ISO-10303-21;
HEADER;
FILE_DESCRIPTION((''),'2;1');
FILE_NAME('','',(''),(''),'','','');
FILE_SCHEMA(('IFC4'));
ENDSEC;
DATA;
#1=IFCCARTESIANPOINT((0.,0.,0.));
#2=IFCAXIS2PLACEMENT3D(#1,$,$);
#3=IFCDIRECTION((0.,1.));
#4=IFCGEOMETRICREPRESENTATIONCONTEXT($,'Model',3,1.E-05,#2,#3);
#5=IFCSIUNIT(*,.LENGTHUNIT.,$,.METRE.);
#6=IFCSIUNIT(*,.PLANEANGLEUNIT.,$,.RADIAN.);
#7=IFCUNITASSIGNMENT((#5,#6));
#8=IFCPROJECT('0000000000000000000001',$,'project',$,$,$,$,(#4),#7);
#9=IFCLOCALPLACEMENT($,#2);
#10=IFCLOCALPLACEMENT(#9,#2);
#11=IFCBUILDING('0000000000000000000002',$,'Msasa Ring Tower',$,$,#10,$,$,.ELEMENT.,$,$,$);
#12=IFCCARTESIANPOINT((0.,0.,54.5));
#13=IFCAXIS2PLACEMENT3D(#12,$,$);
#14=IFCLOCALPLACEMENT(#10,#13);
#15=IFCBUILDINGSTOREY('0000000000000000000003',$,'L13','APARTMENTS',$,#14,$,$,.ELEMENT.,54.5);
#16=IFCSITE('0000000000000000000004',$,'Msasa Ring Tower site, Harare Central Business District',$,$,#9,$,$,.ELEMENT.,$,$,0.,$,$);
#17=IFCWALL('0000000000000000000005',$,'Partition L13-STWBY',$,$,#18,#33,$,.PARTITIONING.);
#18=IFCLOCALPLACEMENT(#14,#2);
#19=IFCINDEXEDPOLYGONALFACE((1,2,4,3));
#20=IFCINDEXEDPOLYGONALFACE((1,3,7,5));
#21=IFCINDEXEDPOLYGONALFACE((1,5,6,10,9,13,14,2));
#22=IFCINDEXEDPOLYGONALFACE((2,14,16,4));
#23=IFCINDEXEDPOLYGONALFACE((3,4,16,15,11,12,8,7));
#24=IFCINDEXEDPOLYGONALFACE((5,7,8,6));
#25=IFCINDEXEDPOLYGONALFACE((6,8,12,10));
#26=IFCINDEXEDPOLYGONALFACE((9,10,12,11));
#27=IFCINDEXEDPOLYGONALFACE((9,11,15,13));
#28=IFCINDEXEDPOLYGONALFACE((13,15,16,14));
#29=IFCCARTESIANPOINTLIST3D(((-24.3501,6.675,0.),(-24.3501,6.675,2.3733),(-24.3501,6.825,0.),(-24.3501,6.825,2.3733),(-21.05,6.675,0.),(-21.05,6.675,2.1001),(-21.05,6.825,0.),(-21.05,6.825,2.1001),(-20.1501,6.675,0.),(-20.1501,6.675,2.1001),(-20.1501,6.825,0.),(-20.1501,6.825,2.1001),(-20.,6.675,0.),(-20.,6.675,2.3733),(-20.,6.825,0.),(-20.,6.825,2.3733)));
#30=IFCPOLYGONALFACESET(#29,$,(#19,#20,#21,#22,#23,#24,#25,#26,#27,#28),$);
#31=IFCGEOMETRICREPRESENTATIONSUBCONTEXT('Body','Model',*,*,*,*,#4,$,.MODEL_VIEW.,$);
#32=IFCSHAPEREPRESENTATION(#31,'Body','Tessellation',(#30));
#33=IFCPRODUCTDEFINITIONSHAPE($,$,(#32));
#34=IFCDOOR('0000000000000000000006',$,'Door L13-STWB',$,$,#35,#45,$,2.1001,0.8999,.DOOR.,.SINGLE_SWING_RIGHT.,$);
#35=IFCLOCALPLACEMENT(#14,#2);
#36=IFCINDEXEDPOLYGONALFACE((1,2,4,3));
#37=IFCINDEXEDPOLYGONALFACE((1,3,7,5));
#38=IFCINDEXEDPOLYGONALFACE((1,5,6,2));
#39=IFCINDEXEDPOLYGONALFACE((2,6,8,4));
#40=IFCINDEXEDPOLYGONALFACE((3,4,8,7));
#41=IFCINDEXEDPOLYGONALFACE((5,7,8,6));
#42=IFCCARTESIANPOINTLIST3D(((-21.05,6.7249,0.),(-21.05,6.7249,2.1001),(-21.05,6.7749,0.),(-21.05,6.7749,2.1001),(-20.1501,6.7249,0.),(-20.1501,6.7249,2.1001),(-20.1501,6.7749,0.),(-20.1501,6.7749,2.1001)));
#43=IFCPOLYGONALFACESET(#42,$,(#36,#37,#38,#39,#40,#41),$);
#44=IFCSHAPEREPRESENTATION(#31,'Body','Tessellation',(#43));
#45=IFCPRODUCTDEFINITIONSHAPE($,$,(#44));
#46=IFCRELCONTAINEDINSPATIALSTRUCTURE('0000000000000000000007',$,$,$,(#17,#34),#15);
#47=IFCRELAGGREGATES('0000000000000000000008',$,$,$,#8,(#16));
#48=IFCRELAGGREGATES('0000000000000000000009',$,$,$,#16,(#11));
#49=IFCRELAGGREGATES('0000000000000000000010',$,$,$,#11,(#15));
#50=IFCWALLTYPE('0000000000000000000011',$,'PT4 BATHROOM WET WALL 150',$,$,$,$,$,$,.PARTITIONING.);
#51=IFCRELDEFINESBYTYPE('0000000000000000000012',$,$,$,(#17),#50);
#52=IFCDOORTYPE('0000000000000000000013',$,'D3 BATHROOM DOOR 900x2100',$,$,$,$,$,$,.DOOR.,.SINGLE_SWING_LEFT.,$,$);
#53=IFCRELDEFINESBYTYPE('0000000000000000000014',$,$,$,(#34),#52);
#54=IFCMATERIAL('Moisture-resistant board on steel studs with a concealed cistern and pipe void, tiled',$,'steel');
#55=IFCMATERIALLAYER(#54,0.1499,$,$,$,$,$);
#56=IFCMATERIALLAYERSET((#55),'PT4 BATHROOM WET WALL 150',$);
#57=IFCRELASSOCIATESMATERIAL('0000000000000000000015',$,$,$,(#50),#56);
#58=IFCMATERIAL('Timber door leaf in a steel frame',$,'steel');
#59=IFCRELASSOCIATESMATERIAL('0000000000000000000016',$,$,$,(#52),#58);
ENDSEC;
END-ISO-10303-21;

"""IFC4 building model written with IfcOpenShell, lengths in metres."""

from ifc_helpers import new_model, si_unit, direction, frame, frame_2d, origin, place, context, subcontext, project, spatial, rectangle, extrude, material, layer, layer_set, type_object, element, fill, save


model = new_model("IFC4")

# Units and contexts
model_context = context("Model", 3, precision=1e-05, world=origin(), true_north=direction((0.0, 1.0)))
body_context = subcontext(model_context, "Body", "Model", "MODEL_VIEW")
ifc_project = project(units=[si_unit("LENGTHUNIT", "METRE"), si_unit("PLANEANGLEUNIT", "RADIAN")], contexts=[model_context])

# Site, building, storey
site_placement = place(None, origin())
site = spatial("IfcSite", under=ifc_project, at=site_placement, Name="Msasa Ring Tower site, Harare Central Business District", CompositionType="ELEMENT", RefElevation=0.0)
building_placement = place(site_placement, origin())
building = spatial("IfcBuilding", under=site, at=building_placement, Name="Msasa Ring Tower", CompositionType="ELEMENT")
storey_placement = place(building_placement, frame((0.0, 0.0, 54.5)))
storey = spatial("IfcBuildingStorey", under=building, at=storey_placement, Name="L13", Description="APARTMENTS", CompositionType="ELEMENT", Elevation=54.5)

# Wall, opening, door
ifc_material_1 = material(Name="Moisture-resistant board on steel studs with a concealed cistern and pipe void, tiled", Category="steel")
ifc_layer_1 = layer(ifc_material_1, 0.1499)
ifc_layer_set_1 = layer_set([ifc_layer_1], Name="PT4 BATHROOM WET WALL 150")
wall_type_1 = type_object("IfcWallType", Name="PT4 BATHROOM WET WALL 150", PredefinedType="PARTITIONING", material=ifc_layer_set_1)
wall_1_placement = place(storey_placement, frame((-24.3501, 6.75, 0.0), z_axis=(0.0, 0.0, 1.0), x_axis=(1.0, 0.0, 0.0)))
wall_1 = element("IfcWall", 1, at=wall_1_placement, inside=storey, type_object=wall_type_1, Name="Partition L13-STWBY", PredefinedType="PARTITIONING", context=body_context, shape_type="SweptSolid", body=[
    extrude(rectangle(XDim=4.3501, YDim=0.1499, at=frame_2d((2.175, 0.0))), origin(), (0.0, 0.0, 1.0), 2.3733),
])
opening_1_placement = place(wall_1_placement, frame((3.3, 0.0, 0.0)))
opening_1 = element("IfcOpeningElement", 2, at=opening_1_placement, cuts=wall_1, PredefinedType="OPENING", context=body_context, shape_type="SweptSolid", body=[
    extrude(rectangle(XDim=0.8999, YDim=2.1001, at=frame_2d((0.45, 1.05))), frame((0.0, 0.085, 0.0), z_axis=(0.0, -1.0, 0.0), x_axis=(1.0, 0.0, 0.0)), (0.0, 0.0, 1.0), 0.1699),
])
ifc_material_2 = material(Name="Timber door leaf in a steel frame", Category="steel")
door_type_1 = type_object("IfcDoorType", Name="D3 BATHROOM DOOR 900x2100", OperationType="SINGLE_SWING_LEFT", PredefinedType="DOOR", material=ifc_material_2)
door_1_placement = place(opening_1_placement, origin())
door_1 = element("IfcDoor", 3, at=door_1_placement, inside=storey, type_object=door_type_1, Name="Door L13-STWB", OperationType="SINGLE_SWING_RIGHT", OverallHeight=2.1001, OverallWidth=0.8999, PredefinedType="DOOR", context=body_context, shape_type="SweptSolid", body=[
    extrude(rectangle(XDim=0.8999, YDim=2.1001, at=frame_2d((0.45, 1.05))), frame((0.0, 0.0249, 0.0), z_axis=(0.0, -1.0, 0.0), x_axis=(1.0, 0.0, 0.0)), (0.0, 0.0, 1.0), 0.05),
])
fill(opening_1, door_1)

save(model, "model.ifc")
